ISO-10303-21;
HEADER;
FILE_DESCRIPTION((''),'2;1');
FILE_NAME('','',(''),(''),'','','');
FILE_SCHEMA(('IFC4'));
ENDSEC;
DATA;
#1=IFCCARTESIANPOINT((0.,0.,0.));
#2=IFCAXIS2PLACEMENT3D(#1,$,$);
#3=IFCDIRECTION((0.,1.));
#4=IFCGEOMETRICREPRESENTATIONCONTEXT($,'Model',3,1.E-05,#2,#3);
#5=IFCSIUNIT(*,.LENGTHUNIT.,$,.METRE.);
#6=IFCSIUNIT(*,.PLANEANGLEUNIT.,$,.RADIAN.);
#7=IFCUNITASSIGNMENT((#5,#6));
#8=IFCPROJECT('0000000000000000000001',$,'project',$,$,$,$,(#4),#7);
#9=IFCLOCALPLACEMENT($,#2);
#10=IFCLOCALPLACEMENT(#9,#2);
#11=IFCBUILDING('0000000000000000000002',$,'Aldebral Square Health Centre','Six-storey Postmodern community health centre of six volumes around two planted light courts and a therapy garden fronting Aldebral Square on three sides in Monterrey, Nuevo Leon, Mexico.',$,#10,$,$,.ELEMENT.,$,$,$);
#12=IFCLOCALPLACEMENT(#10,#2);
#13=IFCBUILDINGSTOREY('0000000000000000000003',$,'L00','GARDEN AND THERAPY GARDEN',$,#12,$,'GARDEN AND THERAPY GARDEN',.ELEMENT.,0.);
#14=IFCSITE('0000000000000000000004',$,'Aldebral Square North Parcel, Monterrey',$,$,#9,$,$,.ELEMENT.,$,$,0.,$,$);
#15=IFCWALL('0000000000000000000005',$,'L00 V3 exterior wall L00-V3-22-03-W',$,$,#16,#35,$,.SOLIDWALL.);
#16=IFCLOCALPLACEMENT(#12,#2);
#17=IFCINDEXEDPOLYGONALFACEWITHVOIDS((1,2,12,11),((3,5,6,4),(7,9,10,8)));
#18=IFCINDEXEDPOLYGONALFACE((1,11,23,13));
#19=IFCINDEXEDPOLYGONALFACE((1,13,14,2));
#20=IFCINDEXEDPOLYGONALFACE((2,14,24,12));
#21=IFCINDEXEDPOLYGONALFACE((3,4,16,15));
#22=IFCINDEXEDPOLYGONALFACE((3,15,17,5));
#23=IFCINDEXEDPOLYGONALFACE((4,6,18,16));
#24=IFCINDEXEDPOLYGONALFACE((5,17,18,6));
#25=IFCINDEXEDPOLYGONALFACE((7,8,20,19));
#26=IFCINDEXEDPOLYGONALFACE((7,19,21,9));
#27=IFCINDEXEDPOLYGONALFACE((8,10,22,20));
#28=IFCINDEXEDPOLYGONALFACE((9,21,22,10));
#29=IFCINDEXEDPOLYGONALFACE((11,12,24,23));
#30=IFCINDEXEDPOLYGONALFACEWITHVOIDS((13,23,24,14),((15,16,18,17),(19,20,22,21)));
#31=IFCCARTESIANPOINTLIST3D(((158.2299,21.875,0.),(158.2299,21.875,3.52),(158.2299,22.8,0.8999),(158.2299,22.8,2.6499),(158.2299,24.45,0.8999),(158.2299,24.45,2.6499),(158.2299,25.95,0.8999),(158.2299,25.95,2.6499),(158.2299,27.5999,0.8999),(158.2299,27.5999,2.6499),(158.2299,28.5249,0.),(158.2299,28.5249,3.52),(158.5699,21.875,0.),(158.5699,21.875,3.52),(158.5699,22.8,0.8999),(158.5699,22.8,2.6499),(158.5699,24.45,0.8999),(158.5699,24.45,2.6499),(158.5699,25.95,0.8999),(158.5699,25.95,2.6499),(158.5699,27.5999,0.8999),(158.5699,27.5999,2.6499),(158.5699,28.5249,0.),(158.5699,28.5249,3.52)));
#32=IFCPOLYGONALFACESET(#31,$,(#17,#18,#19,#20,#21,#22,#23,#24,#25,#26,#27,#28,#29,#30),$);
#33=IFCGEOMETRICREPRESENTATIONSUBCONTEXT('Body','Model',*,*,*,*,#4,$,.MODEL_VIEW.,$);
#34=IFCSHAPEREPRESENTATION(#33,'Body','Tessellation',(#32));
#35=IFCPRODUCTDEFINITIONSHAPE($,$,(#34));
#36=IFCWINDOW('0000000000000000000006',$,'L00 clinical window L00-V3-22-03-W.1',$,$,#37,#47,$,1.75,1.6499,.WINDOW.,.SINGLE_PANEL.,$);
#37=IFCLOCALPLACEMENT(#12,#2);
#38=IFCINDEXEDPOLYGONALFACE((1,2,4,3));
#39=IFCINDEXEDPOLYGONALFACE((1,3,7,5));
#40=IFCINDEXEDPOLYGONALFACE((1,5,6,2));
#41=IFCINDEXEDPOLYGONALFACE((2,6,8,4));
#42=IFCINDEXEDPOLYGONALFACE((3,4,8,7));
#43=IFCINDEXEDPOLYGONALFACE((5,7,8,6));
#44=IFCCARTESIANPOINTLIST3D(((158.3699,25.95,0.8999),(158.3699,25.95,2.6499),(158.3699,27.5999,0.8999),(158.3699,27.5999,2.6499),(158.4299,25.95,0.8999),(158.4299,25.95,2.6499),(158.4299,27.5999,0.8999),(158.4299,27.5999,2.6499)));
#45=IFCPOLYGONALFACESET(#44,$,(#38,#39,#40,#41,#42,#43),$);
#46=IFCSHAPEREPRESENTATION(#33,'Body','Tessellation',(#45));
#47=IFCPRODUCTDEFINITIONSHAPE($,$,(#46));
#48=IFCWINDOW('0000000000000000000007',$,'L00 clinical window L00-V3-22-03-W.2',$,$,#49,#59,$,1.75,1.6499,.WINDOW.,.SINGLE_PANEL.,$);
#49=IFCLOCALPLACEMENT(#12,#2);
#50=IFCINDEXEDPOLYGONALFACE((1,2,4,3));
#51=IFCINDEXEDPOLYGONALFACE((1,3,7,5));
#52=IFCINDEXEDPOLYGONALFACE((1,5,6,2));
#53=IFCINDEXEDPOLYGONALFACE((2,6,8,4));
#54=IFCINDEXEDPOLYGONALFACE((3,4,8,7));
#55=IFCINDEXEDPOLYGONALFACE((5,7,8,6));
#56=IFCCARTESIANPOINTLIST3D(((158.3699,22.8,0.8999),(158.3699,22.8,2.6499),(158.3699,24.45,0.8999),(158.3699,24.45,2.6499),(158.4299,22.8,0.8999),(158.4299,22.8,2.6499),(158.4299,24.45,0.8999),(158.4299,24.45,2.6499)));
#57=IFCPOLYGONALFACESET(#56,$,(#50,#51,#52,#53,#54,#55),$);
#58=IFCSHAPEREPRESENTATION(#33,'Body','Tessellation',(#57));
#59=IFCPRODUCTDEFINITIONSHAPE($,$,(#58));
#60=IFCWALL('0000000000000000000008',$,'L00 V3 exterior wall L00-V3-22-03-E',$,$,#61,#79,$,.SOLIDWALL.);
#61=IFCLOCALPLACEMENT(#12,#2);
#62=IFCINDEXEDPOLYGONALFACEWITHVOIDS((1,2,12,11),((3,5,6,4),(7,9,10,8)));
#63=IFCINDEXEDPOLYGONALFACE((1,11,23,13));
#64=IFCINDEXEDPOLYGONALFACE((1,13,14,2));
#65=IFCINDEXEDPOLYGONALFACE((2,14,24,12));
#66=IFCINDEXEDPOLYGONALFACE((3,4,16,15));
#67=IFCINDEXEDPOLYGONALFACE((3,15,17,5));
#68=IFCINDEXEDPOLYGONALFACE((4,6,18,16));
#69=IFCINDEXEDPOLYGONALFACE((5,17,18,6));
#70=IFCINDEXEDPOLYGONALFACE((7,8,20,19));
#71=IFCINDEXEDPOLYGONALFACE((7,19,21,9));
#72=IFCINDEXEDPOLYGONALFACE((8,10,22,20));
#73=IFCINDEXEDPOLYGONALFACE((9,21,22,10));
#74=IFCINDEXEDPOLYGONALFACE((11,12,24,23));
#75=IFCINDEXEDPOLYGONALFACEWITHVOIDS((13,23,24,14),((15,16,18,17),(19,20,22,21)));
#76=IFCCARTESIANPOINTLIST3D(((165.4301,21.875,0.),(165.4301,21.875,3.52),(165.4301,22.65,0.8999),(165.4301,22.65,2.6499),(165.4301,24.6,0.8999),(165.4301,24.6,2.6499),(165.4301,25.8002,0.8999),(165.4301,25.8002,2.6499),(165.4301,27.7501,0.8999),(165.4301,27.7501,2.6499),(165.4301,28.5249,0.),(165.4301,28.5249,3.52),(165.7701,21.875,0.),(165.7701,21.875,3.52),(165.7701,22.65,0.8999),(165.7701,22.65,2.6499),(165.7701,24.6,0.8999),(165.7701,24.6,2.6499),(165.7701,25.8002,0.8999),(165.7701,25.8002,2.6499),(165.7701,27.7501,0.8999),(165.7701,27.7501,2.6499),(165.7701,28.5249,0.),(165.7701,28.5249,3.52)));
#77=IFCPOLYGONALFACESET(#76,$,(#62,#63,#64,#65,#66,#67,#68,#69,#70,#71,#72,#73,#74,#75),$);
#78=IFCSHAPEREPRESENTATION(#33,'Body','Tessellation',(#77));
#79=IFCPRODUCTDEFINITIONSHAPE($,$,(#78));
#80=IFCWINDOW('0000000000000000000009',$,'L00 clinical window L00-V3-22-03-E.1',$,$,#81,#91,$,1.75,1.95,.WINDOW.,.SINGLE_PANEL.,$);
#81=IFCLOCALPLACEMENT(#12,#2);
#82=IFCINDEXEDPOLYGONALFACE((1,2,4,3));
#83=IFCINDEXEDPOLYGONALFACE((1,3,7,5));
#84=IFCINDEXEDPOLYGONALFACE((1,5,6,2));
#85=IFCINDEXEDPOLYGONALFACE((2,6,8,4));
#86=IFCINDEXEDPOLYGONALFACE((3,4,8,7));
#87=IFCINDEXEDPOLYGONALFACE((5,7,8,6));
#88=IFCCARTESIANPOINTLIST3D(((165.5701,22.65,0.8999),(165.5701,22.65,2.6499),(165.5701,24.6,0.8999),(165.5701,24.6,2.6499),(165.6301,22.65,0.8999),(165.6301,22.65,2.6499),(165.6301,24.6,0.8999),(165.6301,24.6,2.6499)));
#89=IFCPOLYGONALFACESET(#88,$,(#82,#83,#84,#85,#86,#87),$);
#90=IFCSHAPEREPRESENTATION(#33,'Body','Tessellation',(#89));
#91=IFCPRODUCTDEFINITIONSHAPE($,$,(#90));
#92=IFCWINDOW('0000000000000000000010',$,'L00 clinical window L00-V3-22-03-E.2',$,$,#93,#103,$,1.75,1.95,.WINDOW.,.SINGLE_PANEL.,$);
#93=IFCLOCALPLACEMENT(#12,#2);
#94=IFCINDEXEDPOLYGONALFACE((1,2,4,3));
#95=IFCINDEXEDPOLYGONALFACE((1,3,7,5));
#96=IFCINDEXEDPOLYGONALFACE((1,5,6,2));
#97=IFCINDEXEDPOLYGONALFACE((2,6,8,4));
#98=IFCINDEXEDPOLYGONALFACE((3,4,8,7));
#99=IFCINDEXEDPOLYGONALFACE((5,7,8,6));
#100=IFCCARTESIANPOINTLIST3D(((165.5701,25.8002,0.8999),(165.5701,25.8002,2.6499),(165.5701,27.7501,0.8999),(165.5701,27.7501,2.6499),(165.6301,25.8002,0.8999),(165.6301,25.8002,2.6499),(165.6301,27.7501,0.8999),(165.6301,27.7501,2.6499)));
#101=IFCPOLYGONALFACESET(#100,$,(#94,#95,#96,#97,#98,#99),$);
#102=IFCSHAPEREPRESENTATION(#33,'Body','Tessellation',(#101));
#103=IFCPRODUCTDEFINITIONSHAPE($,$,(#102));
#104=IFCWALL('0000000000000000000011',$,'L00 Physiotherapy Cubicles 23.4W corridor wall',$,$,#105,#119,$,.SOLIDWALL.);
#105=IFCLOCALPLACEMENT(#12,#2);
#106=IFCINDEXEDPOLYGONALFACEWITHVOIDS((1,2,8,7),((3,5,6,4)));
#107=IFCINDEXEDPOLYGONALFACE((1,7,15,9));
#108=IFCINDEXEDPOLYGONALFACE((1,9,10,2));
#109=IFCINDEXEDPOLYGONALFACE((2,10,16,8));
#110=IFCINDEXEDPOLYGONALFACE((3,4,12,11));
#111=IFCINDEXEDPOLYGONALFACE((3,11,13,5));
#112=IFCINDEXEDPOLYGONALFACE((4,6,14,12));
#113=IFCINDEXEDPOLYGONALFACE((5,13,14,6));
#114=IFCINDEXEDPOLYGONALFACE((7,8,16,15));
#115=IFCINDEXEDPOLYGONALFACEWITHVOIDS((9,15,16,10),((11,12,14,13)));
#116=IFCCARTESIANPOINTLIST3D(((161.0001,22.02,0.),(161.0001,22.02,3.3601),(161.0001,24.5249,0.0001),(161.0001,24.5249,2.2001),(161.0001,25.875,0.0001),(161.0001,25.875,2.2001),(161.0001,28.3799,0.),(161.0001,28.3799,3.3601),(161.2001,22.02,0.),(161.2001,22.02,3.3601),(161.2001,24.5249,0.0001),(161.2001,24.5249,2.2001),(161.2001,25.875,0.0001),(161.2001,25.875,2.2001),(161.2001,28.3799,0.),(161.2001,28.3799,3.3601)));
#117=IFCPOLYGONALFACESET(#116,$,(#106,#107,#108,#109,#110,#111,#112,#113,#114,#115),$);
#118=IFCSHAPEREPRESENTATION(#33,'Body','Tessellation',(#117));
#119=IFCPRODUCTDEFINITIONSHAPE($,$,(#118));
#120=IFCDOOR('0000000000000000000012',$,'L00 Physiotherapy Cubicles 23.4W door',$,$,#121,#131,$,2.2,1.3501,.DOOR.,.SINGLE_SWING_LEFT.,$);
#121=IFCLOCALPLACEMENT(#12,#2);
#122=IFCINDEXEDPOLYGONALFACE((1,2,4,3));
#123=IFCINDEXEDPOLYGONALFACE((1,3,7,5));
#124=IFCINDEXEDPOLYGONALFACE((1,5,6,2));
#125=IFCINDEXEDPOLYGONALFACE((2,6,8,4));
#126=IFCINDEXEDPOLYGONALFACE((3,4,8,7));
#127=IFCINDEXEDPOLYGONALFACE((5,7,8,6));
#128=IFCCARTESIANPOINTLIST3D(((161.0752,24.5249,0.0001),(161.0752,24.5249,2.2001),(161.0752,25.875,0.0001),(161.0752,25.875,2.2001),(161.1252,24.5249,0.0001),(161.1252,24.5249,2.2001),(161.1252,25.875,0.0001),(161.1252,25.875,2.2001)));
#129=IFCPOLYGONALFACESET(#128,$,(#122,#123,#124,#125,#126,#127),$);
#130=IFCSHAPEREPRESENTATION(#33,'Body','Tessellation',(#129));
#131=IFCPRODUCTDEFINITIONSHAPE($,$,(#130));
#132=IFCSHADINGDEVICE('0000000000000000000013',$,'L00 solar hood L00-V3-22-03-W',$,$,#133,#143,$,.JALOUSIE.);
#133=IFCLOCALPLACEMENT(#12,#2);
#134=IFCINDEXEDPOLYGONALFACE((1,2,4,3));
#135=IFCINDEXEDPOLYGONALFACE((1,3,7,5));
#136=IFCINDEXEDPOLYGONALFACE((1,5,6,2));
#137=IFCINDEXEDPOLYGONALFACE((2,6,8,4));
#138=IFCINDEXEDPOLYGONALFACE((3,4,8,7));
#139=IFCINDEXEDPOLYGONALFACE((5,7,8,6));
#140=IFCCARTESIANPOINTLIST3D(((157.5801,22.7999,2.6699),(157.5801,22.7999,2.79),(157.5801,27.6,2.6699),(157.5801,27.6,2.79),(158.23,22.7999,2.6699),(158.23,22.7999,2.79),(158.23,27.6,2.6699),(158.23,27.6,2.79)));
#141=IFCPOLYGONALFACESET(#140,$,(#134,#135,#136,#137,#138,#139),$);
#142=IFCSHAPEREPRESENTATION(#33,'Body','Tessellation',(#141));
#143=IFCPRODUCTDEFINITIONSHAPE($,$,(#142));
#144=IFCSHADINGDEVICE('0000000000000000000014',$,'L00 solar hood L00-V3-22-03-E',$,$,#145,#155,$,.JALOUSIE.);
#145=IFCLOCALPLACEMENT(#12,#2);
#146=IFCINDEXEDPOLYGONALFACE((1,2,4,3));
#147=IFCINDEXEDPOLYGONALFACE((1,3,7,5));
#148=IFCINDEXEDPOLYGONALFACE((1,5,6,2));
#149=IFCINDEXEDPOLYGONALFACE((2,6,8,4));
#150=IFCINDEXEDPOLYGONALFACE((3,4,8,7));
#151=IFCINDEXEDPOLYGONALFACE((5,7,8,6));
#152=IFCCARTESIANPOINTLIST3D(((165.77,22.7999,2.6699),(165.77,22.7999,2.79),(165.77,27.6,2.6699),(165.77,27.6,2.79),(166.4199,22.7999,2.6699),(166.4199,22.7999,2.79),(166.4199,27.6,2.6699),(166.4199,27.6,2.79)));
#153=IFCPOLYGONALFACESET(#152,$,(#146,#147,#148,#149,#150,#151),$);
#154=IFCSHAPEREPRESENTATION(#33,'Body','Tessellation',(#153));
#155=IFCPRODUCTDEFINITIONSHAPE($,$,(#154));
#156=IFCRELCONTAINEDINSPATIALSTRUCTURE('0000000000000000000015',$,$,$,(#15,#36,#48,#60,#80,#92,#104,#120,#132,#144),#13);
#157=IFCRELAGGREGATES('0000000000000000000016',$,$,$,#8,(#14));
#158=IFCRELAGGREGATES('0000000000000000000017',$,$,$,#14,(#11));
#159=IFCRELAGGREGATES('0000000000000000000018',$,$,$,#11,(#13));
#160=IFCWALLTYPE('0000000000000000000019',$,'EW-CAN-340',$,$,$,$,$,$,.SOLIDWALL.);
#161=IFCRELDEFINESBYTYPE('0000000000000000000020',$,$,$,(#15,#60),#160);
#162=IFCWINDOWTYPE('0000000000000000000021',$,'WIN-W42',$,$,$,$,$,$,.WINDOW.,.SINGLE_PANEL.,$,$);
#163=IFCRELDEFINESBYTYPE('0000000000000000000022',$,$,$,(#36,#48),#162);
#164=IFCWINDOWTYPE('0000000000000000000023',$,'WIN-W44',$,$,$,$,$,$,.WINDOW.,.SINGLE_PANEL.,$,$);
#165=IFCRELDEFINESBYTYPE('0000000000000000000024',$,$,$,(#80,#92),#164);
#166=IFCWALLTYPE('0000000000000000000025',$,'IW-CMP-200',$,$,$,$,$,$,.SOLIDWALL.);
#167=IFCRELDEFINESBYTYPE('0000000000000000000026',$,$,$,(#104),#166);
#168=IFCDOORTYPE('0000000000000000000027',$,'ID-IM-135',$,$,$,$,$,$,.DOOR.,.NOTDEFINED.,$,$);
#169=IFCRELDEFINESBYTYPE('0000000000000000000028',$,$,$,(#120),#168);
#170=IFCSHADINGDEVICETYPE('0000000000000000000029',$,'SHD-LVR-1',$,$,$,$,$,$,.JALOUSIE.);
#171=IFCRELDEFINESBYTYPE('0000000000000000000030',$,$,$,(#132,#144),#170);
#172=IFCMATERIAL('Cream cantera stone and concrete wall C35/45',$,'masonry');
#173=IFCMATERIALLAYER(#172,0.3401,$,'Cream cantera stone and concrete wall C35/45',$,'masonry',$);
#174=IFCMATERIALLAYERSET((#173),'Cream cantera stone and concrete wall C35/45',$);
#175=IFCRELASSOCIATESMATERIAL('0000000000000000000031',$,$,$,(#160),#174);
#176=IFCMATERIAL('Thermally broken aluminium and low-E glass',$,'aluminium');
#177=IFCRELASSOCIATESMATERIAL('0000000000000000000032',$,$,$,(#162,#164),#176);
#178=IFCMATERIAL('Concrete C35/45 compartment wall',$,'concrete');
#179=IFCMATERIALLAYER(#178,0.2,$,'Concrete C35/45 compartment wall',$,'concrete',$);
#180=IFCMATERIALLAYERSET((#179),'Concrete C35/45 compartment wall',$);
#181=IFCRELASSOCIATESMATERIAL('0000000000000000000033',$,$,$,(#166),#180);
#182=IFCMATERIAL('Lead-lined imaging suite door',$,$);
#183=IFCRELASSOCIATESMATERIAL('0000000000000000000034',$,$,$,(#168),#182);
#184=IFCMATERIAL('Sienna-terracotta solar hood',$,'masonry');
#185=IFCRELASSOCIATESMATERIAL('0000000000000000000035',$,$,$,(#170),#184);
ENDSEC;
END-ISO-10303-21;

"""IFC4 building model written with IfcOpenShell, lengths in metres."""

from ifc_helpers import new_model, si_unit, direction, frame, frame_2d, origin, origin_2d, place, context, subcontext, project, spatial, rectangle, extrude, material, layer, layer_set, type_object, element, fill, save


model = new_model("IFC4")

# Units and contexts
model_context = context("Model", 3, precision=1e-05, world=origin(), true_north=direction((0.0, 1.0)))
body_context = subcontext(model_context, "Body", "Model", "MODEL_VIEW")
ifc_project = project(units=[si_unit("LENGTHUNIT", "METRE"), si_unit("PLANEANGLEUNIT", "RADIAN")], contexts=[model_context])

# Site, building, storey
site_placement = place(None, origin())
site = spatial("IfcSite", under=ifc_project, at=site_placement, Name="Aldebral Square North Parcel, Monterrey", CompositionType="ELEMENT", RefElevation=0.0)
building_placement = place(site_placement, origin())
building = spatial("IfcBuilding", under=site, at=building_placement, Name="Aldebral Square Health Centre", Description="Six-storey Postmodern community health centre of six volumes around two planted light courts and a therapy garden fronting Aldebral Square on three sides in Monterrey, Nuevo Leon, Mexico.", CompositionType="ELEMENT")
storey_placement = place(building_placement, origin())
storey = spatial("IfcBuildingStorey", under=building, at=storey_placement, Name="L00", Description="GARDEN AND THERAPY GARDEN", LongName="GARDEN AND THERAPY GARDEN", CompositionType="ELEMENT", Elevation=0.0)

# Walls, openings, windows
ifc_material_1 = material(Name="Cream cantera stone and concrete wall C35/45", Category="masonry")
ifc_layer_1 = layer(ifc_material_1, 0.3401, Name="Cream cantera stone and concrete wall C35/45", Category="masonry")
ifc_layer_set_1 = layer_set([ifc_layer_1], Name="Cream cantera stone and concrete wall C35/45")
wall_type_1 = type_object("IfcWallType", Name="EW-CAN-340", PredefinedType="SOLIDWALL", material=ifc_layer_set_1)
wall_1_placement = place(storey_placement, frame((158.3999, 28.5249, 0.0), z_axis=(0.0, 0.0, 1.0), x_axis=(0.0, -1.0, 0.0)))
wall_1 = element("IfcWall", 1, at=wall_1_placement, inside=storey, type_object=wall_type_1, Name="L00 V3 exterior wall L00-V3-22-03-W", PredefinedType="SOLIDWALL", context=body_context, shape_type="SweptSolid", body=[
    extrude(rectangle(XDim=6.6499, YDim=0.3401, at=frame_2d((3.325, 0.0))), origin(), (0.0, 0.0, 1.0), 3.52),
])
opening_1_placement = place(wall_1_placement, frame((0.925, 0.0, 0.8999)))
opening_1 = element("IfcOpeningElement", 2, at=opening_1_placement, cuts=wall_1, PredefinedType="OPENING", context=body_context, shape_type="SweptSolid", body=[
    extrude(rectangle(XDim=1.6499, YDim=1.75, at=frame_2d((0.825, 0.875))), frame((0.0, 0.1802, 0.0), z_axis=(0.0, -1.0, 0.0), x_axis=(1.0, 0.0, 0.0)), (0.0, 0.0, 1.0), 0.3601),
])
opening_2_placement = place(wall_1_placement, frame((4.075, 0.0, 0.8999)))
opening_2 = element("IfcOpeningElement", 3, at=opening_2_placement, cuts=wall_1, PredefinedType="OPENING", context=body_context, shape_type="SweptSolid", body=[
    extrude(rectangle(XDim=1.6499, YDim=1.75, at=frame_2d((0.825, 0.875))), frame((0.0, 0.1802, 0.0), z_axis=(0.0, -1.0, 0.0), x_axis=(1.0, 0.0, 0.0)), (0.0, 0.0, 1.0), 0.3601),
])
ifc_material_2 = material(Name="Thermally broken aluminium and low-E glass", Category="aluminium")
window_type_1 = type_object("IfcWindowType", Name="WIN-W42", PartitioningType="SINGLE_PANEL", PredefinedType="WINDOW", material=ifc_material_2)
window_1_placement = place(opening_1_placement, origin())
window_1 = element("IfcWindow", 4, at=window_1_placement, inside=storey, type_object=window_type_1, Name="L00 clinical window L00-V3-22-03-W.1", OverallHeight=1.75, OverallWidth=1.6499, PartitioningType="SINGLE_PANEL", PredefinedType="WINDOW", context=body_context, shape_type="SweptSolid", body=[
    extrude(rectangle(XDim=1.6499, YDim=1.75, at=frame_2d((0.825, 0.875))), frame((0.0, 0.03, 0.0), z_axis=(0.0, -1.0, 0.0), x_axis=(1.0, 0.0, 0.0)), (0.0, 0.0, 1.0), 0.0601),
])
fill(opening_1, window_1)
window_2_placement = place(opening_2_placement, origin())
window_2 = element("IfcWindow", 5, at=window_2_placement, inside=storey, type_object=window_type_1, Name="L00 clinical window L00-V3-22-03-W.2", OverallHeight=1.75, OverallWidth=1.6499, PartitioningType="SINGLE_PANEL", PredefinedType="WINDOW", context=body_context, shape_type="SweptSolid", body=[
    extrude(rectangle(XDim=1.6499, YDim=1.75, at=frame_2d((0.825, 0.875))), frame((0.0, 0.03, 0.0), z_axis=(0.0, -1.0, 0.0), x_axis=(1.0, 0.0, 0.0)), (0.0, 0.0, 1.0), 0.0601),
])
fill(opening_2, window_2)
wall_2_placement = place(storey_placement, frame((165.6001, 21.875, 0.0), z_axis=(0.0, 0.0, 1.0), x_axis=(0.0, 1.0, 0.0)))
wall_2 = element("IfcWall", 6, at=wall_2_placement, inside=storey, type_object=wall_type_1, Name="L00 V3 exterior wall L00-V3-22-03-E", PredefinedType="SOLIDWALL", context=body_context, shape_type="SweptSolid", body=[
    extrude(rectangle(XDim=6.6499, YDim=0.3401, at=frame_2d((3.325, 0.0))), origin(), (0.0, 0.0, 1.0), 3.52),
])
opening_3_placement = place(wall_2_placement, frame((0.7749, 0.0, 0.8999)))
opening_3 = element("IfcOpeningElement", 7, at=opening_3_placement, cuts=wall_2, PredefinedType="OPENING", context=body_context, shape_type="SweptSolid", body=[
    extrude(rectangle(XDim=1.95, YDim=1.75, at=frame_2d((0.9751, 0.875))), frame((0.0, 0.1802, 0.0), z_axis=(0.0, -1.0, 0.0), x_axis=(1.0, 0.0, 0.0)), (0.0, 0.0, 1.0), 0.3601),
])
opening_4_placement = place(wall_2_placement, frame((3.925, 0.0, 0.8999)))
opening_4 = element("IfcOpeningElement", 8, at=opening_4_placement, cuts=wall_2, PredefinedType="OPENING", context=body_context, shape_type="SweptSolid", body=[
    extrude(rectangle(XDim=1.95, YDim=1.75, at=frame_2d((0.9751, 0.875))), frame((0.0, 0.1802, 0.0), z_axis=(0.0, -1.0, 0.0), x_axis=(1.0, 0.0, 0.0)), (0.0, 0.0, 1.0), 0.3601),
])
window_type_2 = type_object("IfcWindowType", Name="WIN-W44", PartitioningType="SINGLE_PANEL", PredefinedType="WINDOW", material=ifc_material_2)
window_3_placement = place(opening_3_placement, origin())
window_3 = element("IfcWindow", 9, at=window_3_placement, inside=storey, type_object=window_type_2, Name="L00 clinical window L00-V3-22-03-E.1", OverallHeight=1.75, OverallWidth=1.95, PartitioningType="SINGLE_PANEL", PredefinedType="WINDOW", context=body_context, shape_type="SweptSolid", body=[
    extrude(rectangle(XDim=1.95, YDim=1.75, at=frame_2d((0.9751, 0.875))), frame((0.0, 0.03, 0.0), z_axis=(0.0, -1.0, 0.0), x_axis=(1.0, 0.0, 0.0)), (0.0, 0.0, 1.0), 0.0601),
])
fill(opening_3, window_3)
window_4_placement = place(opening_4_placement, origin())
window_4 = element("IfcWindow", 10, at=window_4_placement, inside=storey, type_object=window_type_2, Name="L00 clinical window L00-V3-22-03-E.2", OverallHeight=1.75, OverallWidth=1.95, PartitioningType="SINGLE_PANEL", PredefinedType="WINDOW", context=body_context, shape_type="SweptSolid", body=[
    extrude(rectangle(XDim=1.95, YDim=1.75, at=frame_2d((0.9751, 0.875))), frame((0.0, 0.03, 0.0), z_axis=(0.0, -1.0, 0.0), x_axis=(1.0, 0.0, 0.0)), (0.0, 0.0, 1.0), 0.0601),
])
fill(opening_4, window_4)

# Wall, opening, door
ifc_material_3 = material(Name="Concrete C35/45 compartment wall", Category="concrete")
ifc_layer_2 = layer(ifc_material_3, 0.2, Name="Concrete C35/45 compartment wall", Category="concrete")
ifc_layer_set_2 = layer_set([ifc_layer_2], Name="Concrete C35/45 compartment wall")
wall_type_2 = type_object("IfcWallType", Name="IW-CMP-200", PredefinedType="SOLIDWALL", material=ifc_layer_set_2)
wall_3_placement = place(storey_placement, frame((161.1001, 22.02, 0.0), z_axis=(0.0, 0.0, 1.0), x_axis=(0.0, 1.0, 0.0)))
wall_3 = element("IfcWall", 11, at=wall_3_placement, inside=storey, type_object=wall_type_2, Name="L00 Physiotherapy Cubicles 23.4W corridor wall", PredefinedType="SOLIDWALL", context=body_context, shape_type="SweptSolid", body=[
    extrude(rectangle(XDim=6.3599, YDim=0.2, at=frame_2d((3.1799, 0.0))), origin(), (0.0, 0.0, 1.0), 3.3601),
])
opening_5_placement = place(wall_3_placement, frame((2.5049, 0.0, 0.0)))
opening_5 = element("IfcOpeningElement", 12, at=opening_5_placement, cuts=wall_3, PredefinedType="OPENING", context=body_context, shape_type="SweptSolid", body=[
    extrude(rectangle(XDim=1.3501, YDim=2.2, at=frame_2d((0.675, 1.1001))), frame((0.0, 0.1099, 0.0), z_axis=(0.0, -1.0, 0.0), x_axis=(1.0, 0.0, 0.0)), (0.0, 0.0, 1.0), 0.22),
])
ifc_material_4 = material(Name="Lead-lined imaging suite door")
door_type_1 = type_object("IfcDoorType", Name="ID-IM-135", OperationType="NOTDEFINED", PredefinedType="DOOR", material=ifc_material_4)
door_1_placement = place(opening_5_placement, origin())
door_1 = element("IfcDoor", 13, at=door_1_placement, inside=storey, type_object=door_type_1, Name="L00 Physiotherapy Cubicles 23.4W door", OperationType="SINGLE_SWING_LEFT", OverallHeight=2.2, OverallWidth=1.3501, PredefinedType="DOOR", context=body_context, shape_type="SweptSolid", body=[
    extrude(rectangle(XDim=1.3501, YDim=2.2, at=frame_2d((0.675, 1.1001))), frame((0.0, 0.0249, 0.0), z_axis=(0.0, -1.0, 0.0), x_axis=(1.0, 0.0, 0.0)), (0.0, 0.0, 1.0), 0.05),
])
fill(opening_5, door_1)

# Shading devices
ifc_material_5 = material(Name="Sienna-terracotta solar hood", Category="masonry")
shading_device_type = type_object("IfcShadingDeviceType", Name="SHD-LVR-1", PredefinedType="JALOUSIE", material=ifc_material_5)
for number, where, z_axis, x_axis, name in (
    (14, (157.905, 25.2, 2.6699), (0.0, 0.0, 1.0), (0.0, 1.0, 0.0), "L00 solar hood L00-V3-22-03-W"),
    (15, (166.095, 25.2, 2.6699), (0.0, 0.0, 1.0), (0.0, 1.0, 0.0), "L00 solar hood L00-V3-22-03-E"),
):
    element("IfcShadingDevice", number, at=place(storey_placement, frame(where, z_axis=z_axis, x_axis=x_axis)), inside=storey, type_object=shading_device_type, Name=name, PredefinedType="JALOUSIE", context=body_context, shape_type="SweptSolid", body=[
        extrude(rectangle(XDim=4.8, YDim=0.6499, at=origin_2d()), origin(), (0.0, 0.0, 1.0), 0.1201),
    ])

save(model, "model.ifc")
